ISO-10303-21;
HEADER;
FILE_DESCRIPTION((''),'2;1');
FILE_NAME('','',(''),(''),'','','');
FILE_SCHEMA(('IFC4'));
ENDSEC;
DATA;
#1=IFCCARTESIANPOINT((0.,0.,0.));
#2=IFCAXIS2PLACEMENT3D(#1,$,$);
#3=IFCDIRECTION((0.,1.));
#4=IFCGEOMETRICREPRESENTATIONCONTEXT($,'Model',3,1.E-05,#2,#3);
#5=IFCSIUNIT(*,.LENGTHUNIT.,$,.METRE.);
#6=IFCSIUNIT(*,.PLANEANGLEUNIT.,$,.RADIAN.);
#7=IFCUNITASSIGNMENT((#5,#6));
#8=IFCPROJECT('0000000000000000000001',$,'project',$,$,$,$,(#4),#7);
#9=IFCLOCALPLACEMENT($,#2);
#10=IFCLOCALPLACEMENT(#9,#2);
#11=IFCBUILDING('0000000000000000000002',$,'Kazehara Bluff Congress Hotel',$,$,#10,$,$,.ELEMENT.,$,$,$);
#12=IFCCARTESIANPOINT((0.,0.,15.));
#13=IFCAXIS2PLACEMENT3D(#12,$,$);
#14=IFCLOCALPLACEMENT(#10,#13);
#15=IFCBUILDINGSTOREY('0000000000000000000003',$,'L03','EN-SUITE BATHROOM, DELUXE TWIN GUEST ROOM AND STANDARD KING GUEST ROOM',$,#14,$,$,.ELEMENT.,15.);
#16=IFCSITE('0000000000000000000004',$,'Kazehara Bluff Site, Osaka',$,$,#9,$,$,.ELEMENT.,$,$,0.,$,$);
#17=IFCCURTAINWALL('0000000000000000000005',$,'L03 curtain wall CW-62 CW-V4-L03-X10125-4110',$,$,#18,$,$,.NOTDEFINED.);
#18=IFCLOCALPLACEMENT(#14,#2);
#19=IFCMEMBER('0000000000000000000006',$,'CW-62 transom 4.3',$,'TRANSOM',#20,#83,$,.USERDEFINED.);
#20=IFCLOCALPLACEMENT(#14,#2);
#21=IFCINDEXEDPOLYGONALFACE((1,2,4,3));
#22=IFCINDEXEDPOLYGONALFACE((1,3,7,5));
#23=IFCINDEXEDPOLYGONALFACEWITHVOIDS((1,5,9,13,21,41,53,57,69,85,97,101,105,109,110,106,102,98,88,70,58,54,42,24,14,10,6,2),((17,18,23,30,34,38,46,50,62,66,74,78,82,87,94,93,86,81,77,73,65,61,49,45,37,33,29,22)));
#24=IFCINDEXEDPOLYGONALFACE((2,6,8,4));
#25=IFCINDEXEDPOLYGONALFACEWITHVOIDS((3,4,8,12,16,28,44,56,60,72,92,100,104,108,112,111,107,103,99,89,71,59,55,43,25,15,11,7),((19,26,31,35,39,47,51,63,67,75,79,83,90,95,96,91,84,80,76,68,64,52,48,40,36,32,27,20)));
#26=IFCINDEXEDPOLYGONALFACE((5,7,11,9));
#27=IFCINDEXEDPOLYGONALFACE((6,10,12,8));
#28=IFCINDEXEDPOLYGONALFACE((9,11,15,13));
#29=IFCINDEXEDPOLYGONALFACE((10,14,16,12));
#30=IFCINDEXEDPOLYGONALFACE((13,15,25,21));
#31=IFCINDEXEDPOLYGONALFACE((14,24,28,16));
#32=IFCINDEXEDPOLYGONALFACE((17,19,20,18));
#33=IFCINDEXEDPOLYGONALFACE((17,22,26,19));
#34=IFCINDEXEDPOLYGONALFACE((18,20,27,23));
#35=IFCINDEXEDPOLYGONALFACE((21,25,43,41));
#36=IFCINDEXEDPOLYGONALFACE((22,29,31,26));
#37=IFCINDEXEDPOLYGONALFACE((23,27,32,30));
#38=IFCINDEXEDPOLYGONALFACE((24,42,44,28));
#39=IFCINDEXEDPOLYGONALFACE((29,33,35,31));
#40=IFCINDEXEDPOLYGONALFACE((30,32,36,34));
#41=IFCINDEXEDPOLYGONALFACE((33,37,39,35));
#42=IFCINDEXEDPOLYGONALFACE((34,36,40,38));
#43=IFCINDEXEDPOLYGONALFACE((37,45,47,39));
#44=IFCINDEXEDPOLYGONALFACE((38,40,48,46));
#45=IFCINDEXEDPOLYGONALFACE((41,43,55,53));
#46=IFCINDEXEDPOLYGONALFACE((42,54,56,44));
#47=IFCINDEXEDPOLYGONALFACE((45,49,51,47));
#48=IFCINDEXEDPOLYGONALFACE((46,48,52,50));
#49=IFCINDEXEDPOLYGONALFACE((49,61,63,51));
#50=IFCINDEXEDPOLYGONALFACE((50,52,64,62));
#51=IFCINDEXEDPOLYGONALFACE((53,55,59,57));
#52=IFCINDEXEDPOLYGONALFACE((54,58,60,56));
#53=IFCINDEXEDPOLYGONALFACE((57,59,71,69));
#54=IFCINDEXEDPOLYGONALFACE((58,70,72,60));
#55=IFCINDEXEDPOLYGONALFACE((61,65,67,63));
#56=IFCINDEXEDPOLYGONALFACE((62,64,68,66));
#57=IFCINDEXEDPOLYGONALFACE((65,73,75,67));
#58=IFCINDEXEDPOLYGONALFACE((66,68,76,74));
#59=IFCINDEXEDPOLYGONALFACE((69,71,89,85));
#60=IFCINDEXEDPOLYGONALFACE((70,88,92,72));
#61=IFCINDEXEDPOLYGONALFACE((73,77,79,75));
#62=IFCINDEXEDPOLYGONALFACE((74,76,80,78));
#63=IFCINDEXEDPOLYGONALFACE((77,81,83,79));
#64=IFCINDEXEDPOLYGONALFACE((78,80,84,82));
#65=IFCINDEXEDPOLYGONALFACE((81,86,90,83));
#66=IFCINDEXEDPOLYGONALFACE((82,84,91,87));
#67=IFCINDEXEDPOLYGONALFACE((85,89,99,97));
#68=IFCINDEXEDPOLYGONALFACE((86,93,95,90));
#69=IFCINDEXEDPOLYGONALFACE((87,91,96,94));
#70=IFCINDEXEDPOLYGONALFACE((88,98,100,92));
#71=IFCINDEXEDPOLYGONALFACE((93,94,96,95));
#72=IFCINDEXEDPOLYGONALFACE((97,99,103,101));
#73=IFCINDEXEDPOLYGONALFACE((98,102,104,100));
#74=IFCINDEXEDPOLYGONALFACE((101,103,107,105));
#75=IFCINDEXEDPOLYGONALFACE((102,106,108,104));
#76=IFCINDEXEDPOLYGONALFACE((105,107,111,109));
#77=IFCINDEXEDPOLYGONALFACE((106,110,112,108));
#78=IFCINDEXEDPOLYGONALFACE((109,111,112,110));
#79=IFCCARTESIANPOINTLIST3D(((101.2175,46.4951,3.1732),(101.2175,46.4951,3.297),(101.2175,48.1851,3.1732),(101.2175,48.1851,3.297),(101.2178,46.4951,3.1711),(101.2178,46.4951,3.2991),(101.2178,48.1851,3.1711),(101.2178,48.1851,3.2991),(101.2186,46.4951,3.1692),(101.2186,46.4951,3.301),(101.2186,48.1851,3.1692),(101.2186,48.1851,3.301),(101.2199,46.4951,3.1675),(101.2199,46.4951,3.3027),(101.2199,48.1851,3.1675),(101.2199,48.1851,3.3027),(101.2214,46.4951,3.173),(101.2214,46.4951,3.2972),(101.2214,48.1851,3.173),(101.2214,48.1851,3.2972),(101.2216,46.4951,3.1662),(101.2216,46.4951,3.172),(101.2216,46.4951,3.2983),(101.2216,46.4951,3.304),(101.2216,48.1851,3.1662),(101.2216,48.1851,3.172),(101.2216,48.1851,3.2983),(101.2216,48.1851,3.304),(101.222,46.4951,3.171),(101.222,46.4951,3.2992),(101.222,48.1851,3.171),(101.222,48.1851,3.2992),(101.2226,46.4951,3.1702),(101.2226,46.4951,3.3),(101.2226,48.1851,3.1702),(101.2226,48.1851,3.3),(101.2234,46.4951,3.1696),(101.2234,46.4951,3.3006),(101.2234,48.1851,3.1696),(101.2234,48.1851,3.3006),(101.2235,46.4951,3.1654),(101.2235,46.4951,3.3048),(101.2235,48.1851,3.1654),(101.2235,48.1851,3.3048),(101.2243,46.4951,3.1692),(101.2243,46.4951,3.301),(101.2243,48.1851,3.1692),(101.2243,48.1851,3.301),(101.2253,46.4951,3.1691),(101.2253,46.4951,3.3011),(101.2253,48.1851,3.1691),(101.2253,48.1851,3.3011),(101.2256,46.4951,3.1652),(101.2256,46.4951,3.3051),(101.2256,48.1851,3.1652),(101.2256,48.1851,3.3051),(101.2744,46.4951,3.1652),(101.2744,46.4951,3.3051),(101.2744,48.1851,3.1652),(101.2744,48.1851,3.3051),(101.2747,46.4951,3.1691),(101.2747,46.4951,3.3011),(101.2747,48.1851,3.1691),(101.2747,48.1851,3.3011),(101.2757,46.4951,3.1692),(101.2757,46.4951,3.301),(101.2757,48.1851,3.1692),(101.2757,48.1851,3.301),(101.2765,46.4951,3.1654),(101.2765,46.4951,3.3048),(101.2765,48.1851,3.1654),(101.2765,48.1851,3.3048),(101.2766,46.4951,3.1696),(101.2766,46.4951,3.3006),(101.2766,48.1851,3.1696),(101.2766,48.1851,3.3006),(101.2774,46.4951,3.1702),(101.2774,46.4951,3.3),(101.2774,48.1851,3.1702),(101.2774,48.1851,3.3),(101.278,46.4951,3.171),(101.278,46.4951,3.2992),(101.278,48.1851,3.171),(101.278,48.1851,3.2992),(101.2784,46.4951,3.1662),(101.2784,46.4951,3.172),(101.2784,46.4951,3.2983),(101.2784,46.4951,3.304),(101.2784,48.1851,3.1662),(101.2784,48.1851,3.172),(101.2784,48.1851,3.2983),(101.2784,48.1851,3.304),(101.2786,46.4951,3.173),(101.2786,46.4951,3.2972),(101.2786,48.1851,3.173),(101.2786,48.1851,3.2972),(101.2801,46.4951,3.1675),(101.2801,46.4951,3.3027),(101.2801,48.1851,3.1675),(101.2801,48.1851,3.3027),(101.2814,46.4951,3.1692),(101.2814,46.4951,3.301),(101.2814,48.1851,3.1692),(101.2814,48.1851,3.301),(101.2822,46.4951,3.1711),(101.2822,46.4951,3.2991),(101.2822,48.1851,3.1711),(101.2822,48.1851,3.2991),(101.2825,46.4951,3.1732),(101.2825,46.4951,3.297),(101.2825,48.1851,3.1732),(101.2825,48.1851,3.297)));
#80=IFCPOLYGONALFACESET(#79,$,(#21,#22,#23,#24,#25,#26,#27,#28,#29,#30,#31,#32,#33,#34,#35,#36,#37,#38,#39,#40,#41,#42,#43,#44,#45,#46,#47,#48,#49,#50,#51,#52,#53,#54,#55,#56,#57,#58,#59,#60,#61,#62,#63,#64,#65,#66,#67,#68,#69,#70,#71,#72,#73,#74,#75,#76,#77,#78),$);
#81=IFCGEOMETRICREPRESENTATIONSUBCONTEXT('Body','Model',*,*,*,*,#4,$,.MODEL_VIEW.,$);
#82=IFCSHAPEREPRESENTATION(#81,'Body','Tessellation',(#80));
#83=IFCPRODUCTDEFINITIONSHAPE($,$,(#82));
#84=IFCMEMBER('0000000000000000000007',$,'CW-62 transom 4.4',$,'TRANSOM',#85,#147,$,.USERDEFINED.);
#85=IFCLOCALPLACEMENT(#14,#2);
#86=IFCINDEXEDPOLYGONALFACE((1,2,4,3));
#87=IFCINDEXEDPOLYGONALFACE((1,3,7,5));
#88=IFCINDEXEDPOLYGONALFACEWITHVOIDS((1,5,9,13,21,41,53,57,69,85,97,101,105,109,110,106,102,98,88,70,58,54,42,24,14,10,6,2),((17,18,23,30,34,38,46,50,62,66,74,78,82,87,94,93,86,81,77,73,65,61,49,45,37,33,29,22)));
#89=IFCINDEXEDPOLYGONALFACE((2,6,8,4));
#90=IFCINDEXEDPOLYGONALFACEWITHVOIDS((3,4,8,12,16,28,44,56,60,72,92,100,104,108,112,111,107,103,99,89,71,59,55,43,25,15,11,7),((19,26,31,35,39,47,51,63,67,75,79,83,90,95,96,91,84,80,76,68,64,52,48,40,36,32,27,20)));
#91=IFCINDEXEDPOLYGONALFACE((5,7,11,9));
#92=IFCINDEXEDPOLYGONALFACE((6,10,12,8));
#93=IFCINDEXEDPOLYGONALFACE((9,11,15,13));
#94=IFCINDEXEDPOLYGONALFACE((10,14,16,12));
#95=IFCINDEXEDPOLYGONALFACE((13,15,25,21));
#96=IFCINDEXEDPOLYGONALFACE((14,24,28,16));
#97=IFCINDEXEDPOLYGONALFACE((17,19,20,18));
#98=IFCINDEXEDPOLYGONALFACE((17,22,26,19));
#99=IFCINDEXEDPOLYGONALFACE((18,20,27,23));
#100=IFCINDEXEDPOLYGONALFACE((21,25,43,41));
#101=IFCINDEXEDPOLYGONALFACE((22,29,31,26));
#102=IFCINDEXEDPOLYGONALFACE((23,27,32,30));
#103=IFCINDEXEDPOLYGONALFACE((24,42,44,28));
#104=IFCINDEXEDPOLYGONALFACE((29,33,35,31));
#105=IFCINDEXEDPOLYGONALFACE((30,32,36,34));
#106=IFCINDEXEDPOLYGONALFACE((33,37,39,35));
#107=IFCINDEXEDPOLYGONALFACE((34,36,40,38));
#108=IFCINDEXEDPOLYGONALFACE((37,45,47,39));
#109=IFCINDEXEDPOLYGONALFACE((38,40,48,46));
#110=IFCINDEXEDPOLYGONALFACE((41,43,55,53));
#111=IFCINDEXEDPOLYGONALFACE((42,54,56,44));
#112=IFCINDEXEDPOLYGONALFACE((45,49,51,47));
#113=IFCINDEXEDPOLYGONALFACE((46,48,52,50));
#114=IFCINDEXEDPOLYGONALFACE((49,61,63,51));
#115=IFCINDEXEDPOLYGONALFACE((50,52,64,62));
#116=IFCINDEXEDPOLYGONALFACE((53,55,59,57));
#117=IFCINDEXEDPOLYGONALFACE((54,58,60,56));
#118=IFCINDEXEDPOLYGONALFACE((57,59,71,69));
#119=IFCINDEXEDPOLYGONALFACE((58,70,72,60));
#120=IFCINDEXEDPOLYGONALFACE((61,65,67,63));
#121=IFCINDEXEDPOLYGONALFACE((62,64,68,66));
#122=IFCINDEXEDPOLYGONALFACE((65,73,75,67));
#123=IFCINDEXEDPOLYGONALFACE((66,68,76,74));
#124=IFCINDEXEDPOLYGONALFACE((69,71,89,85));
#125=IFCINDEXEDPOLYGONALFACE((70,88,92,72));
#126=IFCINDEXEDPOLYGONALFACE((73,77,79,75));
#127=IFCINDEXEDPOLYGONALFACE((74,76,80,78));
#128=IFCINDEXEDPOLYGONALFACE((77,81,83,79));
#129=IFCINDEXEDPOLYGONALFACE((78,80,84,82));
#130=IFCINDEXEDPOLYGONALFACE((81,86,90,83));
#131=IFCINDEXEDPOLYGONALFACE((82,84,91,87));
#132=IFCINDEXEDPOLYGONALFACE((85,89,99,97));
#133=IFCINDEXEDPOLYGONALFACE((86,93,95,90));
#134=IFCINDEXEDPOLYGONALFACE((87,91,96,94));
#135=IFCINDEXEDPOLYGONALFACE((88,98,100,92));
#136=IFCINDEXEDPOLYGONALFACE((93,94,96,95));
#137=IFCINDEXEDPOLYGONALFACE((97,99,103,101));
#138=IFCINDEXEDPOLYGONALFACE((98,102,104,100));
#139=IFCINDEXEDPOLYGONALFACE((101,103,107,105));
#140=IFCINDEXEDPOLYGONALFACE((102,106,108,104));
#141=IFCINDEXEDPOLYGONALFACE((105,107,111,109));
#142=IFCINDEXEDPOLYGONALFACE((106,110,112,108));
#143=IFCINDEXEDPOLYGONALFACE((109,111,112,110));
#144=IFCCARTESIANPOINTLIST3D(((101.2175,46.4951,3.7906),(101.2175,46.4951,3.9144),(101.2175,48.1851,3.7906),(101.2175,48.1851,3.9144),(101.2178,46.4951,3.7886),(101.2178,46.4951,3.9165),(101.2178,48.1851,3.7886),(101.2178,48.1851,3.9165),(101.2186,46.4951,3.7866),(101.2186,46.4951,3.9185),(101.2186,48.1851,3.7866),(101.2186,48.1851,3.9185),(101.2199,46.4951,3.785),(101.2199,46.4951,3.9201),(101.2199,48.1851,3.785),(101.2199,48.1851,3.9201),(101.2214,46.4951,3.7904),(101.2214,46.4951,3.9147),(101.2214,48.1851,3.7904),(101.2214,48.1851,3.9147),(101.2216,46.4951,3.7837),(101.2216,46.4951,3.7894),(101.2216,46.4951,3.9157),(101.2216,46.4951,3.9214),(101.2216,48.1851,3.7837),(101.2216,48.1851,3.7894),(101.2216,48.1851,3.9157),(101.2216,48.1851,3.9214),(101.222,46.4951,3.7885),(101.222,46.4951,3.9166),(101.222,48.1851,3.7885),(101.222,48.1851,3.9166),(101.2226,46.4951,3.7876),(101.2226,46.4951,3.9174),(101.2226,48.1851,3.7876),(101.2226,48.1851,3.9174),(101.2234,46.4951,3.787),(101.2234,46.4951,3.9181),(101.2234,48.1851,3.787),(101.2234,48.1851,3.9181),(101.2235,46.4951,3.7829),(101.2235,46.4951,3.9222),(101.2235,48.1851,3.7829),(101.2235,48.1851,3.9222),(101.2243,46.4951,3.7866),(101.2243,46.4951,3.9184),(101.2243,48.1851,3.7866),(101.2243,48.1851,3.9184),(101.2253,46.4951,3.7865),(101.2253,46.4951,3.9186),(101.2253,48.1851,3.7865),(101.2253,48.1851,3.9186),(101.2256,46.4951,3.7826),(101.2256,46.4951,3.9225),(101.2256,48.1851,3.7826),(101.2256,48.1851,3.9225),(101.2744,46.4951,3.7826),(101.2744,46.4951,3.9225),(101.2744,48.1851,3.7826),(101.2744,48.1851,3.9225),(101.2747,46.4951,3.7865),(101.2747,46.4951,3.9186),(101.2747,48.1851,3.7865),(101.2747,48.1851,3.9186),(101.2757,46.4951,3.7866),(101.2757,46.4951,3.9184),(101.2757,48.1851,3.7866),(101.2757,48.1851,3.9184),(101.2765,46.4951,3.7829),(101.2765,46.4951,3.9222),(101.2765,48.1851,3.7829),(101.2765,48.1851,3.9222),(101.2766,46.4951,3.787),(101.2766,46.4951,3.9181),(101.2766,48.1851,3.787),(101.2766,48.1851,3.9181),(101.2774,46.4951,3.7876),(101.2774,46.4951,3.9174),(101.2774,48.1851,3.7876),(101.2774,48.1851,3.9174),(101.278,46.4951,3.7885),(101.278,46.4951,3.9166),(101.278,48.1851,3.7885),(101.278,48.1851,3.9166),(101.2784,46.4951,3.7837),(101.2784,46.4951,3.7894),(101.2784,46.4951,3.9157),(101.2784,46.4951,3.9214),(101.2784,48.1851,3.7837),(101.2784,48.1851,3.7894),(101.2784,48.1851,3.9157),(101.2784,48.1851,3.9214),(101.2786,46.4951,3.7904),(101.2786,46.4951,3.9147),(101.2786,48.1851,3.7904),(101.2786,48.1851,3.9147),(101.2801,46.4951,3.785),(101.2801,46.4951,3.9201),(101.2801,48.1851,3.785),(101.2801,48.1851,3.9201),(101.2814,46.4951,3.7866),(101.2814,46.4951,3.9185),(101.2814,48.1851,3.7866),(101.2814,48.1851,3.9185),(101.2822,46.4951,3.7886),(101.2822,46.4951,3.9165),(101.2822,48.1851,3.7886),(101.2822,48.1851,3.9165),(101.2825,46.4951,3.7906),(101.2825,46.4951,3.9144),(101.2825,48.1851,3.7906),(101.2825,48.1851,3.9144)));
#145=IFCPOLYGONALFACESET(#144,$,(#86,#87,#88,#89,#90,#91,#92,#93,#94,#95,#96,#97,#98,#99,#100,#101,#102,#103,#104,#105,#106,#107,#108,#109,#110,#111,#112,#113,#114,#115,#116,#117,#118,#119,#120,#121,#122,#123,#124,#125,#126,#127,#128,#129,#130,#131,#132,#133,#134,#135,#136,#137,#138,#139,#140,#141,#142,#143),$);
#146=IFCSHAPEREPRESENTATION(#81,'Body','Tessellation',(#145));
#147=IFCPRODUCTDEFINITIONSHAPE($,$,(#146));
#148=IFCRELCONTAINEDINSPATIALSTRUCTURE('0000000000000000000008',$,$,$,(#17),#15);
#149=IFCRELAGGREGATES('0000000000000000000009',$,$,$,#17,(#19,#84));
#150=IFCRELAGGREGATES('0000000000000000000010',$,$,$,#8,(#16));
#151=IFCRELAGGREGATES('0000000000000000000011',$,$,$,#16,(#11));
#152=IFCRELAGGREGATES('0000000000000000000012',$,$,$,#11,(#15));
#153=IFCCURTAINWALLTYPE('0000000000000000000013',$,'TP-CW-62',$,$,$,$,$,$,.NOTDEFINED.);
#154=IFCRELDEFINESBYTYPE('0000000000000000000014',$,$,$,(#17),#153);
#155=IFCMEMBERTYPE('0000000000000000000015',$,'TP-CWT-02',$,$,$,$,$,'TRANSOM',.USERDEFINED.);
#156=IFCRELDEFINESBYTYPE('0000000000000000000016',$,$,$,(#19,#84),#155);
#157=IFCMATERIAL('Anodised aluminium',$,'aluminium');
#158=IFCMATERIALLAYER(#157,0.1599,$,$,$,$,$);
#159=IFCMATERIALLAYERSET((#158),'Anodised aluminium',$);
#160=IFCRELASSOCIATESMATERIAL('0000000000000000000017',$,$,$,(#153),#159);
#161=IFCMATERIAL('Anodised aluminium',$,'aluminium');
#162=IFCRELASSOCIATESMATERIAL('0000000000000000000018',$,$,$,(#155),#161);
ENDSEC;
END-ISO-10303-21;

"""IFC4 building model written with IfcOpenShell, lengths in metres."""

from ifc_helpers import new_model, si_unit, direction, frame, origin, origin_2d, place, context, subcontext, project, spatial, hollow_rectangle, extrude, material, layer, layer_set, material_profile, profile_set, type_object, element, aggregate, save


model = new_model("IFC4")

# Units and contexts
model_context = context("Model", 3, precision=1e-05, world=origin(), true_north=direction((0.0, 1.0)))
body_context = subcontext(model_context, "Body", "Model", "MODEL_VIEW")
ifc_project = project(units=[si_unit("LENGTHUNIT", "METRE"), si_unit("PLANEANGLEUNIT", "RADIAN")], contexts=[model_context])

# Site, building, storey
site_placement = place(None, origin())
site = spatial("IfcSite", under=ifc_project, at=site_placement, Name="Kazehara Bluff Site, Osaka", CompositionType="ELEMENT", RefElevation=0.0)
building_placement = place(site_placement, origin())
building = spatial("IfcBuilding", under=site, at=building_placement, Name="Kazehara Bluff Congress Hotel", CompositionType="ELEMENT")
storey_placement = place(building_placement, frame((0.0, 0.0, 15.0)))
storey = spatial("IfcBuildingStorey", under=building, at=storey_placement, Name="L03", Description="EN-SUITE BATHROOM, DELUXE TWIN GUEST ROOM AND STANDARD KING GUEST ROOM", CompositionType="ELEMENT", Elevation=15.0)

# Curtain wall
ifc_material_1 = material(Name="Anodised aluminium", Category="aluminium")
ifc_layer_1 = layer(ifc_material_1, 0.1599)
ifc_layer_set_1 = layer_set([ifc_layer_1], Name="Anodised aluminium")
curtain_wall_type_1 = type_object("IfcCurtainWallType", Name="TP-CW-62", PredefinedType="NOTDEFINED", material=ifc_layer_set_1)
curtain_wall_1_placement = place(storey_placement, origin())
curtain_wall_1 = element("IfcCurtainWall", 1, at=curtain_wall_1_placement, inside=storey, type_object=curtain_wall_type_1, Name="L03 curtain wall CW-62 CW-V4-L03-X10125-4110", PredefinedType="NOTDEFINED")

# Members
ifc_material_2 = material(Name="Anodised aluminium", Category="aluminium")
ifc_material_profile_1 = material_profile(ifc_material_2, hollow_rectangle(XDim=0.0649, YDim=0.1399, WallThickness=0.0039, InnerFilletRadius=0.0039, OuterFilletRadius=0.0081, at=origin_2d()))
ifc_profile_set_1 = profile_set([ifc_material_profile_1], Name="Anodised aluminium")
member_type_1 = type_object("IfcMemberType", Name="TP-CWT-02", ElementType="TRANSOM", PredefinedType="USERDEFINED", material=ifc_profile_set_1)
member_1_placement = place(storey_placement, frame((101.25, 46.4951, 3.2351), z_axis=(0.0, 1.0, 0.0), x_axis=(-1.0, 0.0, 0.0)))
member_1 = element("IfcMember", 2, at=member_1_placement, type_object=member_type_1, Name="CW-62 transom 4.3", ObjectType="TRANSOM", PredefinedType="USERDEFINED", context=body_context, shape_type="SweptSolid", body=[
    extrude(hollow_rectangle(XDim=0.0649, YDim=0.1399, WallThickness=0.0039, InnerFilletRadius=0.0039, OuterFilletRadius=0.0081, at=origin_2d()), origin(), (0.0, 0.0, 1.0), 1.6899),
])
member_2_placement = place(storey_placement, frame((101.25, 46.4951, 3.8525), z_axis=(0.0, 1.0, 0.0), x_axis=(-1.0, 0.0, 0.0)))
member_2 = element("IfcMember", 3, at=member_2_placement, type_object=member_type_1, Name="CW-62 transom 4.4", ObjectType="TRANSOM", PredefinedType="USERDEFINED", context=body_context, shape_type="SweptSolid", body=[
    extrude(hollow_rectangle(XDim=0.0649, YDim=0.1399, WallThickness=0.0039, InnerFilletRadius=0.0039, OuterFilletRadius=0.0081, at=origin_2d()), origin(), (0.0, 0.0, 1.0), 1.6899),
])

aggregate(curtain_wall_1, [member_1, member_2])

save(model, "model.ifc")
